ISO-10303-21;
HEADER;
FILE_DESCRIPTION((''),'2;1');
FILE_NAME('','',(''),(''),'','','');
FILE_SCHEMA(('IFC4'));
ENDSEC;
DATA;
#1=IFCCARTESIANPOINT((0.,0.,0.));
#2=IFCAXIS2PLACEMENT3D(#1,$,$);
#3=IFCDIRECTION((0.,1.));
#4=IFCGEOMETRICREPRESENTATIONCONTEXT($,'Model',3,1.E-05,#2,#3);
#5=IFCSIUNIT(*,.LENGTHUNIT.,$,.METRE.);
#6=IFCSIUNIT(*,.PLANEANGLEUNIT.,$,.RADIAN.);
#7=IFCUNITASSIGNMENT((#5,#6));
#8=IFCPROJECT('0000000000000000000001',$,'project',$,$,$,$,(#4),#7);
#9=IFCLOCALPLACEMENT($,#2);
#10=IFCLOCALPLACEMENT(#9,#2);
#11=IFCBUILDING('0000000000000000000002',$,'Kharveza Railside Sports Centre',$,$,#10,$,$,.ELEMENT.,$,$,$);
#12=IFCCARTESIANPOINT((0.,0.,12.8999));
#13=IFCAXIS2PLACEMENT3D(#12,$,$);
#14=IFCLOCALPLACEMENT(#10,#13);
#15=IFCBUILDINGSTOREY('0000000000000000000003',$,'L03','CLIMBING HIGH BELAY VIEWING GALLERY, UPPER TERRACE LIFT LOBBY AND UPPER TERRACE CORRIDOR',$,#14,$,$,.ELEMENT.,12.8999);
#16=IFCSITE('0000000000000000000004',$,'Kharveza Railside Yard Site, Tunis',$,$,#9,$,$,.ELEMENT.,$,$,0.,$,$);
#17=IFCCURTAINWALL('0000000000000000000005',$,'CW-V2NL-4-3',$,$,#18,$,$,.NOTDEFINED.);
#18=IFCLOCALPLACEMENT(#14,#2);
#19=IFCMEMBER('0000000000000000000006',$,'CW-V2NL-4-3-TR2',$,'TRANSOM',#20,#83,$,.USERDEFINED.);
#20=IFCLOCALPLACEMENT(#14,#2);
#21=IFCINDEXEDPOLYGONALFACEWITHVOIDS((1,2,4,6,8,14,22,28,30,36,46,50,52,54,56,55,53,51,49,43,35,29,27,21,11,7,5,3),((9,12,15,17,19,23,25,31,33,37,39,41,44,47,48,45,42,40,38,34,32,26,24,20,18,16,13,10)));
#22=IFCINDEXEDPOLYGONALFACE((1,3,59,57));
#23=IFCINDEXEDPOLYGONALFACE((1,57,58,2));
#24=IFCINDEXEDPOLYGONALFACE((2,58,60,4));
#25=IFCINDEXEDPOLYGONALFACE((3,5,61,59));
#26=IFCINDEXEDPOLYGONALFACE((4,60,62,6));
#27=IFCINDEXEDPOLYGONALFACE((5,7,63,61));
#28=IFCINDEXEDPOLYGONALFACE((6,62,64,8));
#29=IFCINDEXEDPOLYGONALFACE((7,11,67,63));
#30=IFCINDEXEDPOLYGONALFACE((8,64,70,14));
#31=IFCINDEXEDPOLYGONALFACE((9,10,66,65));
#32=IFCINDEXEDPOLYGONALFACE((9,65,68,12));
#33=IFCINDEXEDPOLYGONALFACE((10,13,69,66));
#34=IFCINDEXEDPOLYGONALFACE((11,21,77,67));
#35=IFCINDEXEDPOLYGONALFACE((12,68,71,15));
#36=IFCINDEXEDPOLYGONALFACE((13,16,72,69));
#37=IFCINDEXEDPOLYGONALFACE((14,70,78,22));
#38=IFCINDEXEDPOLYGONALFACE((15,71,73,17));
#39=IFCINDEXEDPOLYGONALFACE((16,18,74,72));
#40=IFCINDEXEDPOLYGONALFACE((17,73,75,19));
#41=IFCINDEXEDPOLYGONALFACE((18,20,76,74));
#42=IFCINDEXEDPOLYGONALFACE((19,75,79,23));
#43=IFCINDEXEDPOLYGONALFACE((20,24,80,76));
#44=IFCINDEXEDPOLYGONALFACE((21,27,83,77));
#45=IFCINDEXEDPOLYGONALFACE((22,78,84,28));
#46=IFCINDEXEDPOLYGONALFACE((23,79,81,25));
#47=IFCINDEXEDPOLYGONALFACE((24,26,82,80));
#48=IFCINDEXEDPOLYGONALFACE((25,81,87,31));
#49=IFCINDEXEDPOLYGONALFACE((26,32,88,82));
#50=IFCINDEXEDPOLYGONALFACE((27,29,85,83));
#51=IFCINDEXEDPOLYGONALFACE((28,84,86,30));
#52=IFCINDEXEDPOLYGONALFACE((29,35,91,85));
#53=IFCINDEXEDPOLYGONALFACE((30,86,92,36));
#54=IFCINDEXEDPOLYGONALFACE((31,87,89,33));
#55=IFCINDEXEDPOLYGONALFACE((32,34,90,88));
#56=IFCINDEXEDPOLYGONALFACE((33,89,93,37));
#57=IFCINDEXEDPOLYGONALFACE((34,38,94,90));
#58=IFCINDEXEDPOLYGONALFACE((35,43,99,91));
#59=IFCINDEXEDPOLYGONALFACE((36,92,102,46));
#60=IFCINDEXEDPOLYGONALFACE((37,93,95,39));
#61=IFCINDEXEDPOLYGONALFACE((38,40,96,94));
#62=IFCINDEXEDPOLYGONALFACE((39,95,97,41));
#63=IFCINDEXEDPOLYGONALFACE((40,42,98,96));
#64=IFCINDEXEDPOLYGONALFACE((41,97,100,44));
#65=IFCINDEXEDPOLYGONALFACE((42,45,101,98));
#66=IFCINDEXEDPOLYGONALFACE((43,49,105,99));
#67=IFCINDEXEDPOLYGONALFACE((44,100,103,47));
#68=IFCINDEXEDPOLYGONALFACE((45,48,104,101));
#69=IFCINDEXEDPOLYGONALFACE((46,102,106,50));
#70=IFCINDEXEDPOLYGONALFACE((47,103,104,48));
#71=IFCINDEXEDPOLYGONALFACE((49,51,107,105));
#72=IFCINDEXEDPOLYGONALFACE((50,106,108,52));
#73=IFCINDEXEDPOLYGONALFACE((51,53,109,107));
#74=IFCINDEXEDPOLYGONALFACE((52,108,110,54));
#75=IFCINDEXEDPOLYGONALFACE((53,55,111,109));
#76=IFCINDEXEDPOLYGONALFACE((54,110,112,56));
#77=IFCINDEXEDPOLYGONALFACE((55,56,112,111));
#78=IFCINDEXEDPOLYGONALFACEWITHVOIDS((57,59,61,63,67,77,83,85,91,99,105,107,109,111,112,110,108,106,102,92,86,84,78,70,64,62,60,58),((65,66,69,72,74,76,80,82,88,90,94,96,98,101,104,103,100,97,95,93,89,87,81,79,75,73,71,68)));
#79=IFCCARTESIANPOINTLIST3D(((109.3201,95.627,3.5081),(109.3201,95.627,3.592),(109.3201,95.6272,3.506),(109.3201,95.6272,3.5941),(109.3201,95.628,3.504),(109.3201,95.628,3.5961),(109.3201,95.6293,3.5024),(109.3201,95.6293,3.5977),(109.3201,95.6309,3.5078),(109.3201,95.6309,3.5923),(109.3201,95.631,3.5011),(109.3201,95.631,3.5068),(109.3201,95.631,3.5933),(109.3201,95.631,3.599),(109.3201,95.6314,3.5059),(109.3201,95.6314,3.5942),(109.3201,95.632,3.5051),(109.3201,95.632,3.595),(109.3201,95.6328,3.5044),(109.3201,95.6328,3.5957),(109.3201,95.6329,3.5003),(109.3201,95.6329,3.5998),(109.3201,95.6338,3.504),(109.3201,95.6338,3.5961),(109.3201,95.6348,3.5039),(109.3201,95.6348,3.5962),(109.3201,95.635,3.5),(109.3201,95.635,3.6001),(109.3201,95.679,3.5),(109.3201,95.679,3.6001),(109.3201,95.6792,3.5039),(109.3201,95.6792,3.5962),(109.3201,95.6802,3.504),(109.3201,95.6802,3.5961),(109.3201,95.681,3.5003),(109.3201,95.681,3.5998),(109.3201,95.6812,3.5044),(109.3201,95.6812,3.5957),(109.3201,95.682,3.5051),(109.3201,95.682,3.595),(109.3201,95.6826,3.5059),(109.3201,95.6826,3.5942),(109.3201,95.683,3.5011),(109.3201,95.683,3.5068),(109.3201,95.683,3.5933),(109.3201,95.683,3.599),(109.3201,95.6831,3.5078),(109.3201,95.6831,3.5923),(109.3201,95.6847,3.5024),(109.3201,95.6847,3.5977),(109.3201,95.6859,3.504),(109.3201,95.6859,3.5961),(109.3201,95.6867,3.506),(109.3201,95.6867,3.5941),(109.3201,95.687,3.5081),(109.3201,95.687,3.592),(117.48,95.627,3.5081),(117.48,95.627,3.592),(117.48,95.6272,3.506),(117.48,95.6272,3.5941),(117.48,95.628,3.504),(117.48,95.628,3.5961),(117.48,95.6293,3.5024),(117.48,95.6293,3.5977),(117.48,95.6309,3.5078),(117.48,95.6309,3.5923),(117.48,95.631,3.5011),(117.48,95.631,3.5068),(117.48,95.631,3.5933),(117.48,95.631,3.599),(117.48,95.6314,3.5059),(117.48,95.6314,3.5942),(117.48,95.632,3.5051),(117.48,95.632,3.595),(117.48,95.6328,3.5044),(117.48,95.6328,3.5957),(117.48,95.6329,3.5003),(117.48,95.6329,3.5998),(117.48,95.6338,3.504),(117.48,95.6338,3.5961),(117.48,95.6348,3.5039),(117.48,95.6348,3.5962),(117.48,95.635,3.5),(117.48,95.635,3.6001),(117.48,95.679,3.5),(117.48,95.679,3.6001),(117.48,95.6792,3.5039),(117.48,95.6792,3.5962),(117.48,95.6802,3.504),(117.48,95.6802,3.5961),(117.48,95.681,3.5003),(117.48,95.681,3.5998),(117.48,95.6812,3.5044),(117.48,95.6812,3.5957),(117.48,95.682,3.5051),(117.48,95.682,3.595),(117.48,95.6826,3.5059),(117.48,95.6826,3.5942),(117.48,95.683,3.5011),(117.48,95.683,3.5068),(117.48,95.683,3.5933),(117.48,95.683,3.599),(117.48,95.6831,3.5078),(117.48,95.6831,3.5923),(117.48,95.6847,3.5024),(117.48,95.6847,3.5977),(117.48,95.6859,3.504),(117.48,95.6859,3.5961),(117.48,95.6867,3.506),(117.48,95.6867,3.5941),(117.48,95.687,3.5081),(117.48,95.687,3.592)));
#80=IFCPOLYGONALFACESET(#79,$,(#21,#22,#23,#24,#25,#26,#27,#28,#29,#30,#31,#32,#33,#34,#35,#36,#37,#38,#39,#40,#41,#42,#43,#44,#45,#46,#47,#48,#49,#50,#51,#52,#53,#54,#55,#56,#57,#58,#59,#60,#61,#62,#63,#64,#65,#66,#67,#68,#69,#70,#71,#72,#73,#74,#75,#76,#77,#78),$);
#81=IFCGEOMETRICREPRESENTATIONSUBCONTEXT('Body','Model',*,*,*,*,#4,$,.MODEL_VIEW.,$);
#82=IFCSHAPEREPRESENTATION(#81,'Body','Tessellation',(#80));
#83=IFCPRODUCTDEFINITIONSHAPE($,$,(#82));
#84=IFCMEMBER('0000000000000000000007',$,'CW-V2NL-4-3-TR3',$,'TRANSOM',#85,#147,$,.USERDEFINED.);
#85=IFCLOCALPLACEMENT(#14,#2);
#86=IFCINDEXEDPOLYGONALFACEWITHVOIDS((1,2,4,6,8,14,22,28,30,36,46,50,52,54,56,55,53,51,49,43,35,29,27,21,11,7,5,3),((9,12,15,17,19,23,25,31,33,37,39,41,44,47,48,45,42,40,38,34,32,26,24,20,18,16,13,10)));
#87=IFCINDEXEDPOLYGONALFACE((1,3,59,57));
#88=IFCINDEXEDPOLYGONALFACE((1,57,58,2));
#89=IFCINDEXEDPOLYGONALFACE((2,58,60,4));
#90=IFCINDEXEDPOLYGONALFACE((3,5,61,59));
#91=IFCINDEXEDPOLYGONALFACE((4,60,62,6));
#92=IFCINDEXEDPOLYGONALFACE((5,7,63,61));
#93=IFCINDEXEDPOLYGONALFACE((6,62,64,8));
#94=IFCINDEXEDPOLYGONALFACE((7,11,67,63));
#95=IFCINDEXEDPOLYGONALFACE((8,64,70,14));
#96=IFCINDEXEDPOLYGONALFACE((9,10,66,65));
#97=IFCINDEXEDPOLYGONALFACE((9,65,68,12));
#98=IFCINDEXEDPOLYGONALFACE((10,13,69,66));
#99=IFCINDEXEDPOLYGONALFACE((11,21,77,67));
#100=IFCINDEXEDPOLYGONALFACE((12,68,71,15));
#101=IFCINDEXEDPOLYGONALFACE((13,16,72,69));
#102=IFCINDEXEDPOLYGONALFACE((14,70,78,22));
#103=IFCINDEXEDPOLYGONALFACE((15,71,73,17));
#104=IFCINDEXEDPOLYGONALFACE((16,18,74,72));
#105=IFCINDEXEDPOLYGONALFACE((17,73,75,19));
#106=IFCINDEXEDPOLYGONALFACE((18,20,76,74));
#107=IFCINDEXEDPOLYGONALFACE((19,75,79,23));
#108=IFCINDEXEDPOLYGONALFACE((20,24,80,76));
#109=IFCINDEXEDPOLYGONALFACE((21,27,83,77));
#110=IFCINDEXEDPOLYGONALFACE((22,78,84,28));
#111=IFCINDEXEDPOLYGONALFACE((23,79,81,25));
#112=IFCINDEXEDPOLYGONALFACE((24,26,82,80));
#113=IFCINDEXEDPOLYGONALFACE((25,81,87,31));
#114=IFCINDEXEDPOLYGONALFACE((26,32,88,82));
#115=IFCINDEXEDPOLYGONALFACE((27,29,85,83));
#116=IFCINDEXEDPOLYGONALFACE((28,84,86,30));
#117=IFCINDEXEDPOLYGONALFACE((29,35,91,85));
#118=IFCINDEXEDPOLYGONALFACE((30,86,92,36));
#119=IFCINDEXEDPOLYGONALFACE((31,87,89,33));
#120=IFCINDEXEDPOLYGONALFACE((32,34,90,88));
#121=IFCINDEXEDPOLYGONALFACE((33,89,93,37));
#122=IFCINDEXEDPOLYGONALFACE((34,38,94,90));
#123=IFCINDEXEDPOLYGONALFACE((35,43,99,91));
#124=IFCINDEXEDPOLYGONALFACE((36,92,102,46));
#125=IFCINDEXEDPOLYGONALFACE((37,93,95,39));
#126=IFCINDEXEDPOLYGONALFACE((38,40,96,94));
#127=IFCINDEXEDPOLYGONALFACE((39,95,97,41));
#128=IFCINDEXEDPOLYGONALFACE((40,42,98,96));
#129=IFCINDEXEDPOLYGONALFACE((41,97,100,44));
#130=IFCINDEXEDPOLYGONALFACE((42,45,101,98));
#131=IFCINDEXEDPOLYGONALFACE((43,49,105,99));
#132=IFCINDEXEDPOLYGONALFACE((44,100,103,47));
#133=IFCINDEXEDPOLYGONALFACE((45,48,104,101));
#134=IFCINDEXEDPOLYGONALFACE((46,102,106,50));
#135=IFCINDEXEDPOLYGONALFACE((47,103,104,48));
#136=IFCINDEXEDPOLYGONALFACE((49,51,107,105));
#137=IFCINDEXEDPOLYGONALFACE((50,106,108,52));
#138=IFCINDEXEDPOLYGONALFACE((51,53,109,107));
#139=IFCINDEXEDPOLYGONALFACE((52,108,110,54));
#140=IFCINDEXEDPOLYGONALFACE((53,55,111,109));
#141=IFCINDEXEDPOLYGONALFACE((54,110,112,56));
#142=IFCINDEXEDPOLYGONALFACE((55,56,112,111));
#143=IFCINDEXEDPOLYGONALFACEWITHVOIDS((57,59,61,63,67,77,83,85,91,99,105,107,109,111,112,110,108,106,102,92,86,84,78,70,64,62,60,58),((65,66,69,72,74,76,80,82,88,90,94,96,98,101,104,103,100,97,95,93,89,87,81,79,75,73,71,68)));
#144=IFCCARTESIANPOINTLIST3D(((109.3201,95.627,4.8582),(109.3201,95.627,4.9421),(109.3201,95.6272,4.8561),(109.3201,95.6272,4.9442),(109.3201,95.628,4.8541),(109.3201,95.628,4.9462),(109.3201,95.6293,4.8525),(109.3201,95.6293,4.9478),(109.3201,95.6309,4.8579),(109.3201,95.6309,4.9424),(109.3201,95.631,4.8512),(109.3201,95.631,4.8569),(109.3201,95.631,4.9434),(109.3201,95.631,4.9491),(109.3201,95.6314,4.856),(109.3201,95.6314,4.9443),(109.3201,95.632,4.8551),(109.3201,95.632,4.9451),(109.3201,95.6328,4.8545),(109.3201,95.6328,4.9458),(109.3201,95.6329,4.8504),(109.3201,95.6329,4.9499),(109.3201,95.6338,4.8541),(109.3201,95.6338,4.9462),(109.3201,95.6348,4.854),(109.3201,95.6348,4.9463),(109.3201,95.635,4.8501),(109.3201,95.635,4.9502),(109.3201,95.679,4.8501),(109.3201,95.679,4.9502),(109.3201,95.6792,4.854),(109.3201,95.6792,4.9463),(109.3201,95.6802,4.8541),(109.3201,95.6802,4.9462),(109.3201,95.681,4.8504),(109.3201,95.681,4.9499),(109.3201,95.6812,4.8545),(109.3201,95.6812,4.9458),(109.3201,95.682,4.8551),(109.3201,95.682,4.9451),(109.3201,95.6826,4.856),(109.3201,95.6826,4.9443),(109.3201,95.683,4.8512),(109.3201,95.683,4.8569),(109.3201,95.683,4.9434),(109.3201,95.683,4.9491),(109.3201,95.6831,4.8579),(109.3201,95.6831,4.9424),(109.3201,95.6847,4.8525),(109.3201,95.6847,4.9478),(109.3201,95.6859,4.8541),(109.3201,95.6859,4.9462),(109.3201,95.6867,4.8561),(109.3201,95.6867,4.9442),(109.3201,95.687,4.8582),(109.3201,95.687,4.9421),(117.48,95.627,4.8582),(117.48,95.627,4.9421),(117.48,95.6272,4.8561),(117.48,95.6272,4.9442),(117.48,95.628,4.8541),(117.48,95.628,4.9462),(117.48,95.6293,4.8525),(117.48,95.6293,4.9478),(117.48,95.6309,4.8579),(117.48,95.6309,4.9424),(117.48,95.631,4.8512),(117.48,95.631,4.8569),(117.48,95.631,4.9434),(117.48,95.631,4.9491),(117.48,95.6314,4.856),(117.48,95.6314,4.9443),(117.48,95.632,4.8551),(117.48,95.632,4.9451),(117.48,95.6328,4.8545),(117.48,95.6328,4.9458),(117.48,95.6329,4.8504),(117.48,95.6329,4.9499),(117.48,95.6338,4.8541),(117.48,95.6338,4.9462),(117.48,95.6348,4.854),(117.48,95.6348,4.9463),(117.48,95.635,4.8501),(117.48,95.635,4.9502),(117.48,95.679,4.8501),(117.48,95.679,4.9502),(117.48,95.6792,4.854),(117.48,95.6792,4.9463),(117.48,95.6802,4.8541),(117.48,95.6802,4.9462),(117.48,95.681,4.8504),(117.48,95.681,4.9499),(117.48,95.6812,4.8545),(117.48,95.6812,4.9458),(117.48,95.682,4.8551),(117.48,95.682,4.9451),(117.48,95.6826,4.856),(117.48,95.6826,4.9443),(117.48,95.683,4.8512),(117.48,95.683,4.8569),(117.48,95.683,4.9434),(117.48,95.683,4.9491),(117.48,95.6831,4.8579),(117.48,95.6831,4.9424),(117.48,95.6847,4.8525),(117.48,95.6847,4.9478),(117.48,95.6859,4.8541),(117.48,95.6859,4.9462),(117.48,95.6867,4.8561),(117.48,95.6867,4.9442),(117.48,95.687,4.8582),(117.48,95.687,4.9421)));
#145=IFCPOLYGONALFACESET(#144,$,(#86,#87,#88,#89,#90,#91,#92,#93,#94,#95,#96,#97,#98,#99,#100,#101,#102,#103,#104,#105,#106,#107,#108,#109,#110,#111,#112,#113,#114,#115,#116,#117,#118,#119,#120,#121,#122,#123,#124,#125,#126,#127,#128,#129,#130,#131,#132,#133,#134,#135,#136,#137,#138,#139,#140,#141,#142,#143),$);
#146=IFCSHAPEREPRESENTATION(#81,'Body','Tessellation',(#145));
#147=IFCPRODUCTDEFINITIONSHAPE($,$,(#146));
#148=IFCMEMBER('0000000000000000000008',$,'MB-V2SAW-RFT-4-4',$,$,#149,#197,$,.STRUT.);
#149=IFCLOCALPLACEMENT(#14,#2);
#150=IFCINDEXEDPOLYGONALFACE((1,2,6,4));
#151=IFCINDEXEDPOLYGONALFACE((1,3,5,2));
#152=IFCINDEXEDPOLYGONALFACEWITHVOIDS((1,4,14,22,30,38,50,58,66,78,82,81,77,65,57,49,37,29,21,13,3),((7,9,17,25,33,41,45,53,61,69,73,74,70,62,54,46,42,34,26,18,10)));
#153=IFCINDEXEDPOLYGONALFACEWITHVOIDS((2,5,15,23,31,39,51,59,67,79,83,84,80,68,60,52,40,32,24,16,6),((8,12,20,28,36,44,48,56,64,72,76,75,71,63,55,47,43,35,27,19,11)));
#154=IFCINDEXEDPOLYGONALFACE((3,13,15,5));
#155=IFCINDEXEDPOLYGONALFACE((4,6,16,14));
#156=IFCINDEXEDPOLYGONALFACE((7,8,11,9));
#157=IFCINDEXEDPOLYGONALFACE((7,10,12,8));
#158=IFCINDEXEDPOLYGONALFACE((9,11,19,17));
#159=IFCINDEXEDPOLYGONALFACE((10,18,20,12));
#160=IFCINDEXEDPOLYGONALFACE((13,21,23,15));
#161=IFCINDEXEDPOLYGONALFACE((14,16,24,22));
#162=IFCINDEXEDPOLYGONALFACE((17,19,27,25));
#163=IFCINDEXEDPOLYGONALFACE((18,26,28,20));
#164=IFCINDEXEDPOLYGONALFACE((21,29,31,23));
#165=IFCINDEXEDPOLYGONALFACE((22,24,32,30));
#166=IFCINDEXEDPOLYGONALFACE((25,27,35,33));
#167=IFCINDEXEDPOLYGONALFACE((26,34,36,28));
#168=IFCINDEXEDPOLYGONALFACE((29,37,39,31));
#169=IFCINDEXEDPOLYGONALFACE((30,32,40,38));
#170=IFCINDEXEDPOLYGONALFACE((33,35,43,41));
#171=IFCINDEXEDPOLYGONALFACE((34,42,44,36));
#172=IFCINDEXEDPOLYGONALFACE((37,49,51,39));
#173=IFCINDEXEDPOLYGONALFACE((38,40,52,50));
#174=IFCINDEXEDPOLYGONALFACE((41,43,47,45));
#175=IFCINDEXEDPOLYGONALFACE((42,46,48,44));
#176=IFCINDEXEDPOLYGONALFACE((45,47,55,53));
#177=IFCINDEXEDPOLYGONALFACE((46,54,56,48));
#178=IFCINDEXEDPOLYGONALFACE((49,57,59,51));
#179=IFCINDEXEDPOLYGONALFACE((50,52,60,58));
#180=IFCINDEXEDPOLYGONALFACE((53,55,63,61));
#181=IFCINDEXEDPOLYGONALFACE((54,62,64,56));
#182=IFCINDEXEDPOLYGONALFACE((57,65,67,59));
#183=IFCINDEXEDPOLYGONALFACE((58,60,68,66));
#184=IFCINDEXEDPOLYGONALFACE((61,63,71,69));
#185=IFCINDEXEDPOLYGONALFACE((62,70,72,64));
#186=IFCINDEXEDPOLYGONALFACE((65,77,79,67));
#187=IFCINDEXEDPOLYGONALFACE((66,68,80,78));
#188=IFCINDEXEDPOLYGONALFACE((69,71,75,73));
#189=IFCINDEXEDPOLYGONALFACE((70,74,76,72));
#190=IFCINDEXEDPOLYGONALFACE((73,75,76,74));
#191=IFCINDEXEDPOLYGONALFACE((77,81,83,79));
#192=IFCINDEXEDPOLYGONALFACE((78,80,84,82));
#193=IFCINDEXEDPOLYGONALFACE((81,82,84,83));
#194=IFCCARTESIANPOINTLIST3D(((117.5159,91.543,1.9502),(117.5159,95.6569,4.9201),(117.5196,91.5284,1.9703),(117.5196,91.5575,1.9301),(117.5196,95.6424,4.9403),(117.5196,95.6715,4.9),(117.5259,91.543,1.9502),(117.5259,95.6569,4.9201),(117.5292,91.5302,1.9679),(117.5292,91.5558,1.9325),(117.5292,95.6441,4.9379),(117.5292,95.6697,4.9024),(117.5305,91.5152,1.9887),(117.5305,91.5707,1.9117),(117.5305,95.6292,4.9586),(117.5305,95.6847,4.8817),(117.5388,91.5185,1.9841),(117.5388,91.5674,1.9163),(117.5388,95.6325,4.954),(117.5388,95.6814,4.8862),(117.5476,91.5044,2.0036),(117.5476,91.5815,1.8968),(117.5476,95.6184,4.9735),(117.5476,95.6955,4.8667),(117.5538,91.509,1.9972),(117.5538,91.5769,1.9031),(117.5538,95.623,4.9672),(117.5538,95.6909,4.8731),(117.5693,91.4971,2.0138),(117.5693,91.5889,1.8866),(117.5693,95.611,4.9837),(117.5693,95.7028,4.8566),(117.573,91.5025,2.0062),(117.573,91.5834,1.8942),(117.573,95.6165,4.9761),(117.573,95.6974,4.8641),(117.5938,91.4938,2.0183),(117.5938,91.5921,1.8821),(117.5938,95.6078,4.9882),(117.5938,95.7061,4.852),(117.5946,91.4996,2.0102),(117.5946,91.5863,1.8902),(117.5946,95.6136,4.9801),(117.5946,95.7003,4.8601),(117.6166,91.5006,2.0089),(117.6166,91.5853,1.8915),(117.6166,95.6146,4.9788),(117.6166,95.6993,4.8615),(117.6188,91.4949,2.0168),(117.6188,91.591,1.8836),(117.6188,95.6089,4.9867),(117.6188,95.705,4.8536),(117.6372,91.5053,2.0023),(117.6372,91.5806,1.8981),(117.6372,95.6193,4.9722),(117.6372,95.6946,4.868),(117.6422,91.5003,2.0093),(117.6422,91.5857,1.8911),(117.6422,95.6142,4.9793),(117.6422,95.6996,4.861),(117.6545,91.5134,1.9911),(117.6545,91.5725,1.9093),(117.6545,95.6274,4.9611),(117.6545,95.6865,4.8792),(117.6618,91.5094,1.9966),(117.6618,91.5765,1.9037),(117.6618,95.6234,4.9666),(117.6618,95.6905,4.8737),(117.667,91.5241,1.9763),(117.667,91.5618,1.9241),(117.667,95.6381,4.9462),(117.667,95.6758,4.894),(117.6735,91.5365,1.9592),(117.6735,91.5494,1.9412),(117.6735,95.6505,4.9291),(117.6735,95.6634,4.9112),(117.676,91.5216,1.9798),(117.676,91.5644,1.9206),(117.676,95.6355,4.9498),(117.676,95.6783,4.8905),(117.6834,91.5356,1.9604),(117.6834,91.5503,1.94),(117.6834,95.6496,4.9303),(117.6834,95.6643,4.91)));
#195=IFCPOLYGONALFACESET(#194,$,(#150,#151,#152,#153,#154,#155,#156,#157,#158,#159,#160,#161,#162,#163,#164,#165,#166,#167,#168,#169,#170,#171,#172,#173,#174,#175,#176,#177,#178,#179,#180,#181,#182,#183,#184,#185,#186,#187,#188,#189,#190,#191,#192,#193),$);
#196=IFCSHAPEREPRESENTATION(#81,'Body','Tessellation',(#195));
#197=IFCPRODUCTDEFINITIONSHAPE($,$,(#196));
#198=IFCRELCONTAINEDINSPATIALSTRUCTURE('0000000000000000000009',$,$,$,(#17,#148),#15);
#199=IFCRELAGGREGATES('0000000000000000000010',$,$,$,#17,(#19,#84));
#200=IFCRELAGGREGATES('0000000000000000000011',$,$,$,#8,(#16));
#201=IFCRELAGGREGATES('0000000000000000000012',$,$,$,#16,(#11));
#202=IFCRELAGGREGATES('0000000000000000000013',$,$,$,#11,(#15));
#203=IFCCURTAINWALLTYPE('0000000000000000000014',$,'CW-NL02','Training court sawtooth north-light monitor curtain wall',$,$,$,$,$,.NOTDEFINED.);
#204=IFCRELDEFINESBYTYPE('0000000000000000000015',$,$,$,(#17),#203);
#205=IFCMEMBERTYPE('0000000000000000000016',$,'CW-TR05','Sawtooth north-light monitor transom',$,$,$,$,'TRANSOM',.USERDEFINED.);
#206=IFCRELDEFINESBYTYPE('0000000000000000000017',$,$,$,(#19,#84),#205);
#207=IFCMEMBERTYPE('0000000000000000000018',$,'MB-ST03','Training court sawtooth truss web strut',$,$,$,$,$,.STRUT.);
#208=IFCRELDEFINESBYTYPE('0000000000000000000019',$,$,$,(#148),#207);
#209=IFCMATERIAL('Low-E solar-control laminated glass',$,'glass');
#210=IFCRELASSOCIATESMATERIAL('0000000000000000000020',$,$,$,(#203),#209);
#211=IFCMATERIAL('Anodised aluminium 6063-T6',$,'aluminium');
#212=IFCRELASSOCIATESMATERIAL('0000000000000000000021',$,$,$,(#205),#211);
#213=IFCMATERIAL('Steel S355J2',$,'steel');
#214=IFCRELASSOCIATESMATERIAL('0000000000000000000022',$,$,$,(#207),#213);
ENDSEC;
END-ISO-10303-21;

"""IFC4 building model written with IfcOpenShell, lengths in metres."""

from ifc_helpers import new_model, si_unit, direction, frame, origin, origin_2d, place, context, subcontext, project, spatial, hollow_rectangle, hollow_circle, extrude, material, material_profile, profile_set, type_object, element, aggregate, save


model = new_model("IFC4")

# Units and contexts
model_context = context("Model", 3, precision=1e-05, world=origin(), true_north=direction((0.0, 1.0)))
body_context = subcontext(model_context, "Body", "Model", "MODEL_VIEW")
ifc_project = project(units=[si_unit("LENGTHUNIT", "METRE"), si_unit("PLANEANGLEUNIT", "RADIAN")], contexts=[model_context])

# Site, building, storey
site_placement = place(None, origin())
site = spatial("IfcSite", under=ifc_project, at=site_placement, Name="Kharveza Railside Yard Site, Tunis", CompositionType="ELEMENT", RefElevation=0.0)
building_placement = place(site_placement, origin())
building = spatial("IfcBuilding", under=site, at=building_placement, Name="Kharveza Railside Sports Centre", CompositionType="ELEMENT")
storey_placement = place(building_placement, frame((0.0, 0.0, 12.8999)))
storey = spatial("IfcBuildingStorey", under=building, at=storey_placement, Name="L03", Description="CLIMBING HIGH BELAY VIEWING GALLERY, UPPER TERRACE LIFT LOBBY AND UPPER TERRACE CORRIDOR", CompositionType="ELEMENT", Elevation=12.8999)

# Shared definitions
ifc_material_1 = material(Name="Steel S355J2", Category="steel")

# Curtain wall
ifc_material_2 = material(Name="Low-E solar-control laminated glass", Category="glass")
curtain_wall_type = type_object("IfcCurtainWallType", Name="CW-NL02", Description="Training court sawtooth north-light monitor curtain wall", PredefinedType="NOTDEFINED", material=ifc_material_2)
ifc_material_3 = material(Name="Anodised aluminium 6063-T6", Category="aluminium")
curtain_wall_1_placement = place(storey_placement, origin())
curtain_wall_1 = element("IfcCurtainWall", 1, at=curtain_wall_1_placement, inside=storey, type_object=curtain_wall_type, Name="CW-V2NL-4-3", PredefinedType="NOTDEFINED")

# Members
ifc_material_profile_1 = material_profile(ifc_material_3, hollow_rectangle(XDim=0.0601, YDim=0.1001, WallThickness=0.0039, InnerFilletRadius=0.0039, OuterFilletRadius=0.0081, at=origin_2d()), Name="RHS 60x100x4.0")
ifc_profile_set_1 = profile_set([ifc_material_profile_1], Name="Anodised aluminium 6063-T6")
member_type_1 = type_object("IfcMemberType", Name="CW-TR05", Description="Sawtooth north-light monitor transom", ElementType="TRANSOM", PredefinedType="USERDEFINED", material=ifc_profile_set_1)
member_1_placement = place(storey_placement, frame((109.3201, 95.657, 3.55), z_axis=(1.0, 0.0, 0.0), x_axis=(0.0, 1.0, 0.0)))
member_1 = element("IfcMember", 2, at=member_1_placement, type_object=member_type_1, Name="CW-V2NL-4-3-TR2", ObjectType="TRANSOM", PredefinedType="USERDEFINED", context=body_context, shape_type="SweptSolid", body=[
    extrude(hollow_rectangle(XDim=0.0601, YDim=0.1001, WallThickness=0.0039, InnerFilletRadius=0.0039, OuterFilletRadius=0.0081, at=origin_2d()), origin(), (0.0, 0.0, 1.0), 8.1599),
])
member_2_placement = place(storey_placement, frame((109.3201, 95.657, 4.9001), z_axis=(1.0, 0.0, 0.0), x_axis=(0.0, 1.0, 0.0)))
member_2 = element("IfcMember", 3, at=member_2_placement, type_object=member_type_1, Name="CW-V2NL-4-3-TR3", ObjectType="TRANSOM", PredefinedType="USERDEFINED", context=body_context, shape_type="SweptSolid", body=[
    extrude(hollow_rectangle(XDim=0.0601, YDim=0.1001, WallThickness=0.0039, InnerFilletRadius=0.0039, OuterFilletRadius=0.0081, at=origin_2d()), origin(), (0.0, 0.0, 1.0), 8.1599),
])

# Member
ifc_material_profile_2 = material_profile(ifc_material_1, hollow_circle(Radius=0.0842, WallThickness=0.01, at=origin_2d()), Name="CHS 168.3x10.0")
ifc_profile_set_2 = profile_set([ifc_material_profile_2], Name="Steel S355J2")
member_type_2 = type_object("IfcMemberType", Name="MB-ST03", Description="Training court sawtooth truss web strut", PredefinedType="STRUT", material=ifc_profile_set_2)
member_3_placement = place(storey_placement, frame((117.6001, 91.543, 1.9502), z_axis=(0.0, 0.810797, 0.585327), x_axis=(-1.0, 0.0, 0.0)))
element("IfcMember", 4, at=member_3_placement, inside=storey, type_object=member_type_2, Name="MB-V2SAW-RFT-4-4", PredefinedType="STRUT", context=body_context, shape_type="SweptSolid", body=[
    extrude(hollow_circle(Radius=0.0842, WallThickness=0.01, at=origin_2d()), origin(), (0.0, 0.0, 1.0), 5.074),
])

aggregate(curtain_wall_1, [member_1, member_2])

save(model, "model.ifc")
